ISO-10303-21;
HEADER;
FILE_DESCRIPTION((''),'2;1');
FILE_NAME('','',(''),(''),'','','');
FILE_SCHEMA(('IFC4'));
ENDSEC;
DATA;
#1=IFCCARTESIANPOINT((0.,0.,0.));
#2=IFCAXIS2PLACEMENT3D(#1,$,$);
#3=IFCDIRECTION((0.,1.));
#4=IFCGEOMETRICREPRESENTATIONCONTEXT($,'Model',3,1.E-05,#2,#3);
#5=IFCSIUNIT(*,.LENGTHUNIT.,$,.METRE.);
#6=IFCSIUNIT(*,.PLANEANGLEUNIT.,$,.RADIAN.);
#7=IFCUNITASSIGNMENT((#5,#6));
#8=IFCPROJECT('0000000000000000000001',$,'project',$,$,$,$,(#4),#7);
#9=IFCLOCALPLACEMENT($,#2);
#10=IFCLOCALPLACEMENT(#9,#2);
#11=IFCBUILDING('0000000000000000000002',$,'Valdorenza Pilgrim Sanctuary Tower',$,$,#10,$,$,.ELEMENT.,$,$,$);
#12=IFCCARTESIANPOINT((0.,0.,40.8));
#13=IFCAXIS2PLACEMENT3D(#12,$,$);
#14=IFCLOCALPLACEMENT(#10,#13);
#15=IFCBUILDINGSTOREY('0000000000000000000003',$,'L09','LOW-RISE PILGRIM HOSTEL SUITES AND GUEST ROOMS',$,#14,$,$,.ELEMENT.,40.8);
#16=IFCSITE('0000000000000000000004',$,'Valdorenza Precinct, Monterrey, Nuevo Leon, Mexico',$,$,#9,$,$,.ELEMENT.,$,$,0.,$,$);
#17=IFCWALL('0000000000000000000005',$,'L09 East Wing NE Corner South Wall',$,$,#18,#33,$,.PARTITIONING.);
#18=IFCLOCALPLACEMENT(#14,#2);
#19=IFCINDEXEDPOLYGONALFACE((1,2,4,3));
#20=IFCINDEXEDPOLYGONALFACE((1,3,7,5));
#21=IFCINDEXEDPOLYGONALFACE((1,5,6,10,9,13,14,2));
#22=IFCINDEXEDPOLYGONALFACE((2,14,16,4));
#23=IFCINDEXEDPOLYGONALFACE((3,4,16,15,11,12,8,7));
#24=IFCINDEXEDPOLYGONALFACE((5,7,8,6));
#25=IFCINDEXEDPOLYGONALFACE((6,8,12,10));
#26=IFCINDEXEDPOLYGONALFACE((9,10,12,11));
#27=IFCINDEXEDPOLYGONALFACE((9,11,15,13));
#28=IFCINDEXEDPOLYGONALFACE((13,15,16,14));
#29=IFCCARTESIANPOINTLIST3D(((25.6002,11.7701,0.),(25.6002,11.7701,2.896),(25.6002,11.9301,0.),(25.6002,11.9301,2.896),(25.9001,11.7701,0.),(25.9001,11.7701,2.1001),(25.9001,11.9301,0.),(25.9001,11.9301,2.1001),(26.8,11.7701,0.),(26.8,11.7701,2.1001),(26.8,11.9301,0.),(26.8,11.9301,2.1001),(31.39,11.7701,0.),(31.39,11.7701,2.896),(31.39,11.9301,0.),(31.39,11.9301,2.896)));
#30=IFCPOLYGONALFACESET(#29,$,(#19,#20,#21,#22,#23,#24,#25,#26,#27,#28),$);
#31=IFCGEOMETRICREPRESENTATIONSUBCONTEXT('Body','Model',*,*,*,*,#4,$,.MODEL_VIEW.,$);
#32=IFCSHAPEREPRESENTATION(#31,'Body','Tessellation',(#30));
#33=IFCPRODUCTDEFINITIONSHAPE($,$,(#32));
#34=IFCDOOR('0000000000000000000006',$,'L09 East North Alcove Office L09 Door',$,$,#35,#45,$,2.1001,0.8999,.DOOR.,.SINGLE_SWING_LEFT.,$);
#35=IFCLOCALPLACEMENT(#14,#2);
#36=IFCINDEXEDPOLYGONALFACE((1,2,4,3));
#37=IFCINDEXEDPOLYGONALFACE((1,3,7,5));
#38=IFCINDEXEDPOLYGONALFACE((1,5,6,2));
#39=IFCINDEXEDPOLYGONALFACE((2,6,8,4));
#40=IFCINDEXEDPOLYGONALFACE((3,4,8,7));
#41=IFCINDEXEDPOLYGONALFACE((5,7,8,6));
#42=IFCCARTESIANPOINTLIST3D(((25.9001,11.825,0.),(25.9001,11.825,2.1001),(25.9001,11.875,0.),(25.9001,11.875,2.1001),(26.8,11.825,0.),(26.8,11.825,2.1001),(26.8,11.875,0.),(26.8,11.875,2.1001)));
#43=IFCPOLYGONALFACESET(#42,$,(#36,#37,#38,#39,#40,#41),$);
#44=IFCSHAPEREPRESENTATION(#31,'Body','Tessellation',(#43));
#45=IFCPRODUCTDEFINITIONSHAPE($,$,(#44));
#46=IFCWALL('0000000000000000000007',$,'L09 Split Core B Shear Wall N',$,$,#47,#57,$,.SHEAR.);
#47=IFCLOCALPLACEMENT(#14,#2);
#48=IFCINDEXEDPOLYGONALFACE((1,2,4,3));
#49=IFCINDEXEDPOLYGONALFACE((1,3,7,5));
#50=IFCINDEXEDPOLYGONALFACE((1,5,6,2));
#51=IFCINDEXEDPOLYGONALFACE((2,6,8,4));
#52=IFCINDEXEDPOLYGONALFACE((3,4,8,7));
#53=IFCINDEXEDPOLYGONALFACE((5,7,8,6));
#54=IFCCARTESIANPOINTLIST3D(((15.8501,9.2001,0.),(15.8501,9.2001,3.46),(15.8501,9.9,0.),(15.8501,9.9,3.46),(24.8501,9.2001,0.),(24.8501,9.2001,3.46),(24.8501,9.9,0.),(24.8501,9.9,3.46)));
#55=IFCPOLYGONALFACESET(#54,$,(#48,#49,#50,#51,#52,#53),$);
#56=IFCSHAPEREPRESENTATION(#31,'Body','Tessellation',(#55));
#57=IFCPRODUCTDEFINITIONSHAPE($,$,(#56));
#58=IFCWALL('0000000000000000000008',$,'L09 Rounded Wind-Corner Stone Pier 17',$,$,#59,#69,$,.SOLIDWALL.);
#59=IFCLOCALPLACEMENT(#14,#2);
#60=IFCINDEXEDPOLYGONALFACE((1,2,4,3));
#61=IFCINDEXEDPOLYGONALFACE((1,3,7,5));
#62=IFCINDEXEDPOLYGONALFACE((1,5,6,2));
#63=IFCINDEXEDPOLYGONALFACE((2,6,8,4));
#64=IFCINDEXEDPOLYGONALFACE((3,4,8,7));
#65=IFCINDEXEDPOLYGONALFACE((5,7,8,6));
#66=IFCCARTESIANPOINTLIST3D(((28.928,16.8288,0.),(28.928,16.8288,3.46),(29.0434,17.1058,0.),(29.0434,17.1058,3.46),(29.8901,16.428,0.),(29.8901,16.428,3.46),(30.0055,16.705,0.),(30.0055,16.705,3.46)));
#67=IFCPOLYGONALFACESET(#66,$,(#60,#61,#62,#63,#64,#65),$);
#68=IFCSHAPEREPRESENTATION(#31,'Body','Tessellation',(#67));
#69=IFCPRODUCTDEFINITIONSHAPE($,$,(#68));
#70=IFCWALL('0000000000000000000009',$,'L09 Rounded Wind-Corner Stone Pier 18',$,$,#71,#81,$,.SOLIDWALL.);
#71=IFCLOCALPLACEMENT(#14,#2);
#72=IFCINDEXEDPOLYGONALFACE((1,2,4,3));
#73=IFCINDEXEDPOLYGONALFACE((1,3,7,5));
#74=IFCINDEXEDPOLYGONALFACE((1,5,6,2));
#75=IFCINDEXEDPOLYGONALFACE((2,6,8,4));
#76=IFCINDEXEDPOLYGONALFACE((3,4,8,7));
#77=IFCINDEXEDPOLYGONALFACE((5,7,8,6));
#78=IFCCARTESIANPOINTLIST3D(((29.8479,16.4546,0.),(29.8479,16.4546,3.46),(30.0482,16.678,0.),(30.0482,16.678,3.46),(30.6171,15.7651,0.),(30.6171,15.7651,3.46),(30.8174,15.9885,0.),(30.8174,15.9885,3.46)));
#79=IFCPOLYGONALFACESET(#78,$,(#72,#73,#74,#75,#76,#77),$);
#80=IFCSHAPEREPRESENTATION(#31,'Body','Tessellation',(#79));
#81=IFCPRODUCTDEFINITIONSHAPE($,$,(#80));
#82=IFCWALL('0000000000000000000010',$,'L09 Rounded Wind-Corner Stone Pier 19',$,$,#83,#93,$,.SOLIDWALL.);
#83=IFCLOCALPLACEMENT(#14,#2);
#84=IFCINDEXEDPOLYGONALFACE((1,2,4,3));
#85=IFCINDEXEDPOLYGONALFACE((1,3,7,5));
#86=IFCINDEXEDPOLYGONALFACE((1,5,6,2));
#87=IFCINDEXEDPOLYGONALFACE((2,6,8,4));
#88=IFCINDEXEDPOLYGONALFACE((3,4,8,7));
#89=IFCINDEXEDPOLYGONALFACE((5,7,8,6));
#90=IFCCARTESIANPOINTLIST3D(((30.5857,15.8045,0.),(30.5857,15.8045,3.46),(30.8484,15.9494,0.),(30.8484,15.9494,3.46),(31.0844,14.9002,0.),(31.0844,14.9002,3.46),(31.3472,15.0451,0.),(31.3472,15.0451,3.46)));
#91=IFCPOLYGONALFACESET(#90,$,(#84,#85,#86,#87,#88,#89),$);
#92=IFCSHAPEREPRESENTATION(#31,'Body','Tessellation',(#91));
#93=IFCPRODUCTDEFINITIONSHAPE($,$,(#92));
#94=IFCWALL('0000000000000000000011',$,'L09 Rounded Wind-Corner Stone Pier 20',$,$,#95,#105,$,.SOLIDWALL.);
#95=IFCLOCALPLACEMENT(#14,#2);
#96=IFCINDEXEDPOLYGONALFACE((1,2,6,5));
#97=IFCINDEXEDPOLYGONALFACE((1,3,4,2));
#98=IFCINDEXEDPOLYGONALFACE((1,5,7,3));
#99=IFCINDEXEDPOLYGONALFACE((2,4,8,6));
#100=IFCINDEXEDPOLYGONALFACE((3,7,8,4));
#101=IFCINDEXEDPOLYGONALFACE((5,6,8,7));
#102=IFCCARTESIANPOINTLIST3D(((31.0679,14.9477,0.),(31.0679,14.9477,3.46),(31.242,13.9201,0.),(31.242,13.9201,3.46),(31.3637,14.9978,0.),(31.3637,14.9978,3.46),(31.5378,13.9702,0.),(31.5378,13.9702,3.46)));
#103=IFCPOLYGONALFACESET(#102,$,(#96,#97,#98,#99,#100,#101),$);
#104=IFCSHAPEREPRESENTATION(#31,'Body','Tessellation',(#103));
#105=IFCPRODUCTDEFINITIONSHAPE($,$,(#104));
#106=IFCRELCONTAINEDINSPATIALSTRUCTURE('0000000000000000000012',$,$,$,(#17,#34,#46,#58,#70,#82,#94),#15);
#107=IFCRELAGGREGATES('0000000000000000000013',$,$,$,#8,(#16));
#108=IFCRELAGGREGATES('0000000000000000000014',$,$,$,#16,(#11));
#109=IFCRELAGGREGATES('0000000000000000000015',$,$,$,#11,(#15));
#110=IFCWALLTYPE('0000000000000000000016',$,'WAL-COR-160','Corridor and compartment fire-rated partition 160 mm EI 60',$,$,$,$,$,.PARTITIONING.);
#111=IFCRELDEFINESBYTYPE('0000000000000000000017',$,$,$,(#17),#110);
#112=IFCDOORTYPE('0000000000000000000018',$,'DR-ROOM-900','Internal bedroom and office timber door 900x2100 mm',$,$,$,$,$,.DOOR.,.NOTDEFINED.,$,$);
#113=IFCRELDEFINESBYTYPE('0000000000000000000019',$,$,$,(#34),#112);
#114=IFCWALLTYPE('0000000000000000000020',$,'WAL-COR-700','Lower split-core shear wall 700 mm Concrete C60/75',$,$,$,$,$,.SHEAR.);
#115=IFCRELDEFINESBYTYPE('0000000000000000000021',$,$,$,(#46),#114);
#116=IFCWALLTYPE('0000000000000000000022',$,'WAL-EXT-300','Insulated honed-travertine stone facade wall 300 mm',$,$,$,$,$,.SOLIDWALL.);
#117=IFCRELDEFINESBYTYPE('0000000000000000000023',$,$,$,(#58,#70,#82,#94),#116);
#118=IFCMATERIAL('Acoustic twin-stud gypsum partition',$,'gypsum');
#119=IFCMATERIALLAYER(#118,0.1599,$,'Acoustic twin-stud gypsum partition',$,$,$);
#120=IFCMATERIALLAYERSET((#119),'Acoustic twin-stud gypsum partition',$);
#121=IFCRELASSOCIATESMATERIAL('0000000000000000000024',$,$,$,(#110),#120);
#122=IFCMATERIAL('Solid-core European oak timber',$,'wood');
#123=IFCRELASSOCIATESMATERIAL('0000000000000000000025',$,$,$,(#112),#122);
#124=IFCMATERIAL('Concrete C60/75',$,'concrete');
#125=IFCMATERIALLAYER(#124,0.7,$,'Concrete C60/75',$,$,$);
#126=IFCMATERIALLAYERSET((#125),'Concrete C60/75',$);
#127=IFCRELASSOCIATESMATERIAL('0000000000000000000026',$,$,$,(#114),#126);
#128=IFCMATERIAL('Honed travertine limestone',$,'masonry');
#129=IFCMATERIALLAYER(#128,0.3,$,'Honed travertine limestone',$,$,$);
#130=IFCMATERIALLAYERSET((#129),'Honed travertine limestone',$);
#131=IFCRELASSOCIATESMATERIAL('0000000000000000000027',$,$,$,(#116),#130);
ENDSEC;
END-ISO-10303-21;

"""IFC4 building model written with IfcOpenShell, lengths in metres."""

from ifc_helpers import new_model, si_unit, direction, frame, frame_2d, origin, place, context, subcontext, project, spatial, rectangle, extrude, material, layer, layer_set, type_object, element, fill, save


model = new_model("IFC4")

# Units and contexts
model_context = context("Model", 3, precision=1e-05, world=origin(), true_north=direction((0.0, 1.0)))
body_context = subcontext(model_context, "Body", "Model", "MODEL_VIEW")
ifc_project = project(units=[si_unit("LENGTHUNIT", "METRE"), si_unit("PLANEANGLEUNIT", "RADIAN")], contexts=[model_context])

# Site, building, storey
site_placement = place(None, origin())
site = spatial("IfcSite", under=ifc_project, at=site_placement, Name="Valdorenza Precinct, Monterrey, Nuevo Leon, Mexico", CompositionType="ELEMENT", RefElevation=0.0)
building_placement = place(site_placement, origin())
building = spatial("IfcBuilding", under=site, at=building_placement, Name="Valdorenza Pilgrim Sanctuary Tower", CompositionType="ELEMENT")
storey_placement = place(building_placement, frame((0.0, 0.0, 40.8)))
storey = spatial("IfcBuildingStorey", under=building, at=storey_placement, Name="L09", Description="LOW-RISE PILGRIM HOSTEL SUITES AND GUEST ROOMS", CompositionType="ELEMENT", Elevation=40.8)

# Shared definitions
ifc_material_1 = material(Name="Concrete C60/75", Category="concrete")

# Shared definitions
ifc_material_2 = material(Name="Honed travertine limestone", Category="masonry")

# Shared definitions
ifc_material_3 = material(Name="Acoustic twin-stud gypsum partition", Category="gypsum")
ifc_layer_1 = layer(ifc_material_3, 0.1599, Name="Acoustic twin-stud gypsum partition")
ifc_layer_set_1 = layer_set([ifc_layer_1], Name="Acoustic twin-stud gypsum partition")
wall_type_1 = type_object("IfcWallType", Name="WAL-COR-160", Description="Corridor and compartment fire-rated partition 160 mm EI 60", PredefinedType="PARTITIONING", material=ifc_layer_set_1)

# Wall, opening, door
wall_1_placement = place(storey_placement, frame((25.6001, 11.8501, 0.0), z_axis=(0.0, 0.0, 1.0), x_axis=(1.0, 0.0, 0.0)))
wall_1 = element("IfcWall", 1, at=wall_1_placement, inside=storey, type_object=wall_type_1, Name="L09 East Wing NE Corner South Wall", PredefinedType="PARTITIONING", context=body_context, shape_type="SweptSolid", body=[
    extrude(rectangle(XDim=5.7898, YDim=0.1599, at=frame_2d((2.895, 0.0))), origin(), (0.0, 0.0, 1.0), 2.896),
])
opening_placement = place(wall_1_placement, frame((0.3, 0.0, 0.0)))
opening = element("IfcOpeningElement", 2, at=opening_placement, cuts=wall_1, PredefinedType="OPENING", context=body_context, shape_type="SweptSolid", body=[
    extrude(rectangle(XDim=0.8999, YDim=2.1001, at=frame_2d((0.45, 1.05))), frame((0.0, 0.0947, 0.0), z_axis=(0.0, -1.0, 0.0), x_axis=(1.0, 0.0, 0.0)), (0.0, 0.0, 1.0), 0.1897),
])
ifc_material_4 = material(Name="Solid-core European oak timber", Category="wood")
door_type = type_object("IfcDoorType", Name="DR-ROOM-900", Description="Internal bedroom and office timber door 900x2100 mm", OperationType="NOTDEFINED", PredefinedType="DOOR", material=ifc_material_4)
door_placement = place(opening_placement, origin())
door = element("IfcDoor", 3, at=door_placement, inside=storey, type_object=door_type, Name="L09 East North Alcove Office L09 Door", OperationType="SINGLE_SWING_LEFT", OverallHeight=2.1001, OverallWidth=0.8999, PredefinedType="DOOR", context=body_context, shape_type="SweptSolid", body=[
    extrude(rectangle(XDim=0.8999, YDim=2.1001, at=frame_2d((0.45, 1.05))), frame((0.0, 0.0249, 0.0), z_axis=(0.0, -1.0, 0.0), x_axis=(1.0, 0.0, 0.0)), (0.0, 0.0, 1.0), 0.05),
])
fill(opening, door)

# Walls
ifc_layer_2 = layer(ifc_material_1, 0.7, Name="Concrete C60/75")
ifc_layer_set_2 = layer_set([ifc_layer_2], Name="Concrete C60/75")
wall_type_2 = type_object("IfcWallType", Name="WAL-COR-700", Description="Lower split-core shear wall 700 mm Concrete C60/75", PredefinedType="SHEAR", material=ifc_layer_set_2)
wall_2_placement = place(storey_placement, frame((15.8501, 9.55, 0.0), z_axis=(0.0, 0.0, 1.0), x_axis=(1.0, 0.0, 0.0)))
element("IfcWall", 4, at=wall_2_placement, inside=storey, type_object=wall_type_2, Name="L09 Split Core B Shear Wall N", PredefinedType="SHEAR", context=body_context, shape_type="SweptSolid", body=[
    extrude(rectangle(XDim=9.0, YDim=0.7, at=frame_2d((4.5, 0.0))), origin(), (0.0, 0.0, 1.0), 3.46),
])
ifc_layer_3 = layer(ifc_material_2, 0.3, Name="Honed travertine limestone")
ifc_layer_set_3 = layer_set([ifc_layer_3], Name="Honed travertine limestone")
wall_type_3 = type_object("IfcWallType", Name="WAL-EXT-300", Description="Insulated honed-travertine stone facade wall 300 mm", PredefinedType="SOLIDWALL", material=ifc_layer_set_3)
wall_3_placement = place(storey_placement, frame((28.9858, 16.9673, 0.0), z_axis=(0.0, 0.0, 1.0), x_axis=(0.923084, -0.384599, 0.0)))
element("IfcWall", 5, at=wall_3_placement, inside=storey, type_object=wall_type_3, Name="L09 Rounded Wind-Corner Stone Pier 17", PredefinedType="SOLIDWALL", context=body_context, shape_type="SweptSolid", body=[
    extrude(rectangle(XDim=1.0422, YDim=0.3, at=frame_2d((0.521, 0.0))), origin(), (0.0, 0.0, 1.0), 3.46),
])
wall_4_placement = place(storey_placement, frame((29.948, 16.5664, 0.0), z_axis=(0.0, 0.0, 1.0), x_axis=(0.744586, -0.667527, 0.0)))
element("IfcWall", 6, at=wall_4_placement, inside=storey, type_object=wall_type_3, Name="L09 Rounded Wind-Corner Stone Pier 18", PredefinedType="SOLIDWALL", context=body_context, shape_type="SweptSolid", body=[
    extrude(rectangle(XDim=1.033, YDim=0.3, at=frame_2d((0.5166, 0.0))), origin(), (0.0, 0.0, 1.0), 3.46),
])
wall_5_placement = place(storey_placement, frame((30.717, 15.877, 0.0), z_axis=(0.0, 0.0, 1.0), x_axis=(0.482971, -0.875636, 0.0)))
element("IfcWall", 7, at=wall_5_placement, inside=storey, type_object=wall_type_3, Name="L09 Rounded Wind-Corner Stone Pier 19", PredefinedType="SOLIDWALL", context=body_context, shape_type="SweptSolid", body=[
    extrude(rectangle(XDim=1.0327, YDim=0.3, at=frame_2d((0.5164, 0.0))), origin(), (0.0, 0.0, 1.0), 3.46),
])
wall_6_placement = place(storey_placement, frame((31.2158, 14.9727, 0.0), z_axis=(0.0, 0.0, 1.0), x_axis=(0.167019, -0.985954, 0.0)))
element("IfcWall", 8, at=wall_6_placement, inside=storey, type_object=wall_type_3, Name="L09 Rounded Wind-Corner Stone Pier 20", PredefinedType="SOLIDWALL", context=body_context, shape_type="SweptSolid", body=[
    extrude(rectangle(XDim=1.0422, YDim=0.3, at=frame_2d((0.521, 0.0))), origin(), (0.0, 0.0, 1.0), 3.46),
])

save(model, "model.ifc")
